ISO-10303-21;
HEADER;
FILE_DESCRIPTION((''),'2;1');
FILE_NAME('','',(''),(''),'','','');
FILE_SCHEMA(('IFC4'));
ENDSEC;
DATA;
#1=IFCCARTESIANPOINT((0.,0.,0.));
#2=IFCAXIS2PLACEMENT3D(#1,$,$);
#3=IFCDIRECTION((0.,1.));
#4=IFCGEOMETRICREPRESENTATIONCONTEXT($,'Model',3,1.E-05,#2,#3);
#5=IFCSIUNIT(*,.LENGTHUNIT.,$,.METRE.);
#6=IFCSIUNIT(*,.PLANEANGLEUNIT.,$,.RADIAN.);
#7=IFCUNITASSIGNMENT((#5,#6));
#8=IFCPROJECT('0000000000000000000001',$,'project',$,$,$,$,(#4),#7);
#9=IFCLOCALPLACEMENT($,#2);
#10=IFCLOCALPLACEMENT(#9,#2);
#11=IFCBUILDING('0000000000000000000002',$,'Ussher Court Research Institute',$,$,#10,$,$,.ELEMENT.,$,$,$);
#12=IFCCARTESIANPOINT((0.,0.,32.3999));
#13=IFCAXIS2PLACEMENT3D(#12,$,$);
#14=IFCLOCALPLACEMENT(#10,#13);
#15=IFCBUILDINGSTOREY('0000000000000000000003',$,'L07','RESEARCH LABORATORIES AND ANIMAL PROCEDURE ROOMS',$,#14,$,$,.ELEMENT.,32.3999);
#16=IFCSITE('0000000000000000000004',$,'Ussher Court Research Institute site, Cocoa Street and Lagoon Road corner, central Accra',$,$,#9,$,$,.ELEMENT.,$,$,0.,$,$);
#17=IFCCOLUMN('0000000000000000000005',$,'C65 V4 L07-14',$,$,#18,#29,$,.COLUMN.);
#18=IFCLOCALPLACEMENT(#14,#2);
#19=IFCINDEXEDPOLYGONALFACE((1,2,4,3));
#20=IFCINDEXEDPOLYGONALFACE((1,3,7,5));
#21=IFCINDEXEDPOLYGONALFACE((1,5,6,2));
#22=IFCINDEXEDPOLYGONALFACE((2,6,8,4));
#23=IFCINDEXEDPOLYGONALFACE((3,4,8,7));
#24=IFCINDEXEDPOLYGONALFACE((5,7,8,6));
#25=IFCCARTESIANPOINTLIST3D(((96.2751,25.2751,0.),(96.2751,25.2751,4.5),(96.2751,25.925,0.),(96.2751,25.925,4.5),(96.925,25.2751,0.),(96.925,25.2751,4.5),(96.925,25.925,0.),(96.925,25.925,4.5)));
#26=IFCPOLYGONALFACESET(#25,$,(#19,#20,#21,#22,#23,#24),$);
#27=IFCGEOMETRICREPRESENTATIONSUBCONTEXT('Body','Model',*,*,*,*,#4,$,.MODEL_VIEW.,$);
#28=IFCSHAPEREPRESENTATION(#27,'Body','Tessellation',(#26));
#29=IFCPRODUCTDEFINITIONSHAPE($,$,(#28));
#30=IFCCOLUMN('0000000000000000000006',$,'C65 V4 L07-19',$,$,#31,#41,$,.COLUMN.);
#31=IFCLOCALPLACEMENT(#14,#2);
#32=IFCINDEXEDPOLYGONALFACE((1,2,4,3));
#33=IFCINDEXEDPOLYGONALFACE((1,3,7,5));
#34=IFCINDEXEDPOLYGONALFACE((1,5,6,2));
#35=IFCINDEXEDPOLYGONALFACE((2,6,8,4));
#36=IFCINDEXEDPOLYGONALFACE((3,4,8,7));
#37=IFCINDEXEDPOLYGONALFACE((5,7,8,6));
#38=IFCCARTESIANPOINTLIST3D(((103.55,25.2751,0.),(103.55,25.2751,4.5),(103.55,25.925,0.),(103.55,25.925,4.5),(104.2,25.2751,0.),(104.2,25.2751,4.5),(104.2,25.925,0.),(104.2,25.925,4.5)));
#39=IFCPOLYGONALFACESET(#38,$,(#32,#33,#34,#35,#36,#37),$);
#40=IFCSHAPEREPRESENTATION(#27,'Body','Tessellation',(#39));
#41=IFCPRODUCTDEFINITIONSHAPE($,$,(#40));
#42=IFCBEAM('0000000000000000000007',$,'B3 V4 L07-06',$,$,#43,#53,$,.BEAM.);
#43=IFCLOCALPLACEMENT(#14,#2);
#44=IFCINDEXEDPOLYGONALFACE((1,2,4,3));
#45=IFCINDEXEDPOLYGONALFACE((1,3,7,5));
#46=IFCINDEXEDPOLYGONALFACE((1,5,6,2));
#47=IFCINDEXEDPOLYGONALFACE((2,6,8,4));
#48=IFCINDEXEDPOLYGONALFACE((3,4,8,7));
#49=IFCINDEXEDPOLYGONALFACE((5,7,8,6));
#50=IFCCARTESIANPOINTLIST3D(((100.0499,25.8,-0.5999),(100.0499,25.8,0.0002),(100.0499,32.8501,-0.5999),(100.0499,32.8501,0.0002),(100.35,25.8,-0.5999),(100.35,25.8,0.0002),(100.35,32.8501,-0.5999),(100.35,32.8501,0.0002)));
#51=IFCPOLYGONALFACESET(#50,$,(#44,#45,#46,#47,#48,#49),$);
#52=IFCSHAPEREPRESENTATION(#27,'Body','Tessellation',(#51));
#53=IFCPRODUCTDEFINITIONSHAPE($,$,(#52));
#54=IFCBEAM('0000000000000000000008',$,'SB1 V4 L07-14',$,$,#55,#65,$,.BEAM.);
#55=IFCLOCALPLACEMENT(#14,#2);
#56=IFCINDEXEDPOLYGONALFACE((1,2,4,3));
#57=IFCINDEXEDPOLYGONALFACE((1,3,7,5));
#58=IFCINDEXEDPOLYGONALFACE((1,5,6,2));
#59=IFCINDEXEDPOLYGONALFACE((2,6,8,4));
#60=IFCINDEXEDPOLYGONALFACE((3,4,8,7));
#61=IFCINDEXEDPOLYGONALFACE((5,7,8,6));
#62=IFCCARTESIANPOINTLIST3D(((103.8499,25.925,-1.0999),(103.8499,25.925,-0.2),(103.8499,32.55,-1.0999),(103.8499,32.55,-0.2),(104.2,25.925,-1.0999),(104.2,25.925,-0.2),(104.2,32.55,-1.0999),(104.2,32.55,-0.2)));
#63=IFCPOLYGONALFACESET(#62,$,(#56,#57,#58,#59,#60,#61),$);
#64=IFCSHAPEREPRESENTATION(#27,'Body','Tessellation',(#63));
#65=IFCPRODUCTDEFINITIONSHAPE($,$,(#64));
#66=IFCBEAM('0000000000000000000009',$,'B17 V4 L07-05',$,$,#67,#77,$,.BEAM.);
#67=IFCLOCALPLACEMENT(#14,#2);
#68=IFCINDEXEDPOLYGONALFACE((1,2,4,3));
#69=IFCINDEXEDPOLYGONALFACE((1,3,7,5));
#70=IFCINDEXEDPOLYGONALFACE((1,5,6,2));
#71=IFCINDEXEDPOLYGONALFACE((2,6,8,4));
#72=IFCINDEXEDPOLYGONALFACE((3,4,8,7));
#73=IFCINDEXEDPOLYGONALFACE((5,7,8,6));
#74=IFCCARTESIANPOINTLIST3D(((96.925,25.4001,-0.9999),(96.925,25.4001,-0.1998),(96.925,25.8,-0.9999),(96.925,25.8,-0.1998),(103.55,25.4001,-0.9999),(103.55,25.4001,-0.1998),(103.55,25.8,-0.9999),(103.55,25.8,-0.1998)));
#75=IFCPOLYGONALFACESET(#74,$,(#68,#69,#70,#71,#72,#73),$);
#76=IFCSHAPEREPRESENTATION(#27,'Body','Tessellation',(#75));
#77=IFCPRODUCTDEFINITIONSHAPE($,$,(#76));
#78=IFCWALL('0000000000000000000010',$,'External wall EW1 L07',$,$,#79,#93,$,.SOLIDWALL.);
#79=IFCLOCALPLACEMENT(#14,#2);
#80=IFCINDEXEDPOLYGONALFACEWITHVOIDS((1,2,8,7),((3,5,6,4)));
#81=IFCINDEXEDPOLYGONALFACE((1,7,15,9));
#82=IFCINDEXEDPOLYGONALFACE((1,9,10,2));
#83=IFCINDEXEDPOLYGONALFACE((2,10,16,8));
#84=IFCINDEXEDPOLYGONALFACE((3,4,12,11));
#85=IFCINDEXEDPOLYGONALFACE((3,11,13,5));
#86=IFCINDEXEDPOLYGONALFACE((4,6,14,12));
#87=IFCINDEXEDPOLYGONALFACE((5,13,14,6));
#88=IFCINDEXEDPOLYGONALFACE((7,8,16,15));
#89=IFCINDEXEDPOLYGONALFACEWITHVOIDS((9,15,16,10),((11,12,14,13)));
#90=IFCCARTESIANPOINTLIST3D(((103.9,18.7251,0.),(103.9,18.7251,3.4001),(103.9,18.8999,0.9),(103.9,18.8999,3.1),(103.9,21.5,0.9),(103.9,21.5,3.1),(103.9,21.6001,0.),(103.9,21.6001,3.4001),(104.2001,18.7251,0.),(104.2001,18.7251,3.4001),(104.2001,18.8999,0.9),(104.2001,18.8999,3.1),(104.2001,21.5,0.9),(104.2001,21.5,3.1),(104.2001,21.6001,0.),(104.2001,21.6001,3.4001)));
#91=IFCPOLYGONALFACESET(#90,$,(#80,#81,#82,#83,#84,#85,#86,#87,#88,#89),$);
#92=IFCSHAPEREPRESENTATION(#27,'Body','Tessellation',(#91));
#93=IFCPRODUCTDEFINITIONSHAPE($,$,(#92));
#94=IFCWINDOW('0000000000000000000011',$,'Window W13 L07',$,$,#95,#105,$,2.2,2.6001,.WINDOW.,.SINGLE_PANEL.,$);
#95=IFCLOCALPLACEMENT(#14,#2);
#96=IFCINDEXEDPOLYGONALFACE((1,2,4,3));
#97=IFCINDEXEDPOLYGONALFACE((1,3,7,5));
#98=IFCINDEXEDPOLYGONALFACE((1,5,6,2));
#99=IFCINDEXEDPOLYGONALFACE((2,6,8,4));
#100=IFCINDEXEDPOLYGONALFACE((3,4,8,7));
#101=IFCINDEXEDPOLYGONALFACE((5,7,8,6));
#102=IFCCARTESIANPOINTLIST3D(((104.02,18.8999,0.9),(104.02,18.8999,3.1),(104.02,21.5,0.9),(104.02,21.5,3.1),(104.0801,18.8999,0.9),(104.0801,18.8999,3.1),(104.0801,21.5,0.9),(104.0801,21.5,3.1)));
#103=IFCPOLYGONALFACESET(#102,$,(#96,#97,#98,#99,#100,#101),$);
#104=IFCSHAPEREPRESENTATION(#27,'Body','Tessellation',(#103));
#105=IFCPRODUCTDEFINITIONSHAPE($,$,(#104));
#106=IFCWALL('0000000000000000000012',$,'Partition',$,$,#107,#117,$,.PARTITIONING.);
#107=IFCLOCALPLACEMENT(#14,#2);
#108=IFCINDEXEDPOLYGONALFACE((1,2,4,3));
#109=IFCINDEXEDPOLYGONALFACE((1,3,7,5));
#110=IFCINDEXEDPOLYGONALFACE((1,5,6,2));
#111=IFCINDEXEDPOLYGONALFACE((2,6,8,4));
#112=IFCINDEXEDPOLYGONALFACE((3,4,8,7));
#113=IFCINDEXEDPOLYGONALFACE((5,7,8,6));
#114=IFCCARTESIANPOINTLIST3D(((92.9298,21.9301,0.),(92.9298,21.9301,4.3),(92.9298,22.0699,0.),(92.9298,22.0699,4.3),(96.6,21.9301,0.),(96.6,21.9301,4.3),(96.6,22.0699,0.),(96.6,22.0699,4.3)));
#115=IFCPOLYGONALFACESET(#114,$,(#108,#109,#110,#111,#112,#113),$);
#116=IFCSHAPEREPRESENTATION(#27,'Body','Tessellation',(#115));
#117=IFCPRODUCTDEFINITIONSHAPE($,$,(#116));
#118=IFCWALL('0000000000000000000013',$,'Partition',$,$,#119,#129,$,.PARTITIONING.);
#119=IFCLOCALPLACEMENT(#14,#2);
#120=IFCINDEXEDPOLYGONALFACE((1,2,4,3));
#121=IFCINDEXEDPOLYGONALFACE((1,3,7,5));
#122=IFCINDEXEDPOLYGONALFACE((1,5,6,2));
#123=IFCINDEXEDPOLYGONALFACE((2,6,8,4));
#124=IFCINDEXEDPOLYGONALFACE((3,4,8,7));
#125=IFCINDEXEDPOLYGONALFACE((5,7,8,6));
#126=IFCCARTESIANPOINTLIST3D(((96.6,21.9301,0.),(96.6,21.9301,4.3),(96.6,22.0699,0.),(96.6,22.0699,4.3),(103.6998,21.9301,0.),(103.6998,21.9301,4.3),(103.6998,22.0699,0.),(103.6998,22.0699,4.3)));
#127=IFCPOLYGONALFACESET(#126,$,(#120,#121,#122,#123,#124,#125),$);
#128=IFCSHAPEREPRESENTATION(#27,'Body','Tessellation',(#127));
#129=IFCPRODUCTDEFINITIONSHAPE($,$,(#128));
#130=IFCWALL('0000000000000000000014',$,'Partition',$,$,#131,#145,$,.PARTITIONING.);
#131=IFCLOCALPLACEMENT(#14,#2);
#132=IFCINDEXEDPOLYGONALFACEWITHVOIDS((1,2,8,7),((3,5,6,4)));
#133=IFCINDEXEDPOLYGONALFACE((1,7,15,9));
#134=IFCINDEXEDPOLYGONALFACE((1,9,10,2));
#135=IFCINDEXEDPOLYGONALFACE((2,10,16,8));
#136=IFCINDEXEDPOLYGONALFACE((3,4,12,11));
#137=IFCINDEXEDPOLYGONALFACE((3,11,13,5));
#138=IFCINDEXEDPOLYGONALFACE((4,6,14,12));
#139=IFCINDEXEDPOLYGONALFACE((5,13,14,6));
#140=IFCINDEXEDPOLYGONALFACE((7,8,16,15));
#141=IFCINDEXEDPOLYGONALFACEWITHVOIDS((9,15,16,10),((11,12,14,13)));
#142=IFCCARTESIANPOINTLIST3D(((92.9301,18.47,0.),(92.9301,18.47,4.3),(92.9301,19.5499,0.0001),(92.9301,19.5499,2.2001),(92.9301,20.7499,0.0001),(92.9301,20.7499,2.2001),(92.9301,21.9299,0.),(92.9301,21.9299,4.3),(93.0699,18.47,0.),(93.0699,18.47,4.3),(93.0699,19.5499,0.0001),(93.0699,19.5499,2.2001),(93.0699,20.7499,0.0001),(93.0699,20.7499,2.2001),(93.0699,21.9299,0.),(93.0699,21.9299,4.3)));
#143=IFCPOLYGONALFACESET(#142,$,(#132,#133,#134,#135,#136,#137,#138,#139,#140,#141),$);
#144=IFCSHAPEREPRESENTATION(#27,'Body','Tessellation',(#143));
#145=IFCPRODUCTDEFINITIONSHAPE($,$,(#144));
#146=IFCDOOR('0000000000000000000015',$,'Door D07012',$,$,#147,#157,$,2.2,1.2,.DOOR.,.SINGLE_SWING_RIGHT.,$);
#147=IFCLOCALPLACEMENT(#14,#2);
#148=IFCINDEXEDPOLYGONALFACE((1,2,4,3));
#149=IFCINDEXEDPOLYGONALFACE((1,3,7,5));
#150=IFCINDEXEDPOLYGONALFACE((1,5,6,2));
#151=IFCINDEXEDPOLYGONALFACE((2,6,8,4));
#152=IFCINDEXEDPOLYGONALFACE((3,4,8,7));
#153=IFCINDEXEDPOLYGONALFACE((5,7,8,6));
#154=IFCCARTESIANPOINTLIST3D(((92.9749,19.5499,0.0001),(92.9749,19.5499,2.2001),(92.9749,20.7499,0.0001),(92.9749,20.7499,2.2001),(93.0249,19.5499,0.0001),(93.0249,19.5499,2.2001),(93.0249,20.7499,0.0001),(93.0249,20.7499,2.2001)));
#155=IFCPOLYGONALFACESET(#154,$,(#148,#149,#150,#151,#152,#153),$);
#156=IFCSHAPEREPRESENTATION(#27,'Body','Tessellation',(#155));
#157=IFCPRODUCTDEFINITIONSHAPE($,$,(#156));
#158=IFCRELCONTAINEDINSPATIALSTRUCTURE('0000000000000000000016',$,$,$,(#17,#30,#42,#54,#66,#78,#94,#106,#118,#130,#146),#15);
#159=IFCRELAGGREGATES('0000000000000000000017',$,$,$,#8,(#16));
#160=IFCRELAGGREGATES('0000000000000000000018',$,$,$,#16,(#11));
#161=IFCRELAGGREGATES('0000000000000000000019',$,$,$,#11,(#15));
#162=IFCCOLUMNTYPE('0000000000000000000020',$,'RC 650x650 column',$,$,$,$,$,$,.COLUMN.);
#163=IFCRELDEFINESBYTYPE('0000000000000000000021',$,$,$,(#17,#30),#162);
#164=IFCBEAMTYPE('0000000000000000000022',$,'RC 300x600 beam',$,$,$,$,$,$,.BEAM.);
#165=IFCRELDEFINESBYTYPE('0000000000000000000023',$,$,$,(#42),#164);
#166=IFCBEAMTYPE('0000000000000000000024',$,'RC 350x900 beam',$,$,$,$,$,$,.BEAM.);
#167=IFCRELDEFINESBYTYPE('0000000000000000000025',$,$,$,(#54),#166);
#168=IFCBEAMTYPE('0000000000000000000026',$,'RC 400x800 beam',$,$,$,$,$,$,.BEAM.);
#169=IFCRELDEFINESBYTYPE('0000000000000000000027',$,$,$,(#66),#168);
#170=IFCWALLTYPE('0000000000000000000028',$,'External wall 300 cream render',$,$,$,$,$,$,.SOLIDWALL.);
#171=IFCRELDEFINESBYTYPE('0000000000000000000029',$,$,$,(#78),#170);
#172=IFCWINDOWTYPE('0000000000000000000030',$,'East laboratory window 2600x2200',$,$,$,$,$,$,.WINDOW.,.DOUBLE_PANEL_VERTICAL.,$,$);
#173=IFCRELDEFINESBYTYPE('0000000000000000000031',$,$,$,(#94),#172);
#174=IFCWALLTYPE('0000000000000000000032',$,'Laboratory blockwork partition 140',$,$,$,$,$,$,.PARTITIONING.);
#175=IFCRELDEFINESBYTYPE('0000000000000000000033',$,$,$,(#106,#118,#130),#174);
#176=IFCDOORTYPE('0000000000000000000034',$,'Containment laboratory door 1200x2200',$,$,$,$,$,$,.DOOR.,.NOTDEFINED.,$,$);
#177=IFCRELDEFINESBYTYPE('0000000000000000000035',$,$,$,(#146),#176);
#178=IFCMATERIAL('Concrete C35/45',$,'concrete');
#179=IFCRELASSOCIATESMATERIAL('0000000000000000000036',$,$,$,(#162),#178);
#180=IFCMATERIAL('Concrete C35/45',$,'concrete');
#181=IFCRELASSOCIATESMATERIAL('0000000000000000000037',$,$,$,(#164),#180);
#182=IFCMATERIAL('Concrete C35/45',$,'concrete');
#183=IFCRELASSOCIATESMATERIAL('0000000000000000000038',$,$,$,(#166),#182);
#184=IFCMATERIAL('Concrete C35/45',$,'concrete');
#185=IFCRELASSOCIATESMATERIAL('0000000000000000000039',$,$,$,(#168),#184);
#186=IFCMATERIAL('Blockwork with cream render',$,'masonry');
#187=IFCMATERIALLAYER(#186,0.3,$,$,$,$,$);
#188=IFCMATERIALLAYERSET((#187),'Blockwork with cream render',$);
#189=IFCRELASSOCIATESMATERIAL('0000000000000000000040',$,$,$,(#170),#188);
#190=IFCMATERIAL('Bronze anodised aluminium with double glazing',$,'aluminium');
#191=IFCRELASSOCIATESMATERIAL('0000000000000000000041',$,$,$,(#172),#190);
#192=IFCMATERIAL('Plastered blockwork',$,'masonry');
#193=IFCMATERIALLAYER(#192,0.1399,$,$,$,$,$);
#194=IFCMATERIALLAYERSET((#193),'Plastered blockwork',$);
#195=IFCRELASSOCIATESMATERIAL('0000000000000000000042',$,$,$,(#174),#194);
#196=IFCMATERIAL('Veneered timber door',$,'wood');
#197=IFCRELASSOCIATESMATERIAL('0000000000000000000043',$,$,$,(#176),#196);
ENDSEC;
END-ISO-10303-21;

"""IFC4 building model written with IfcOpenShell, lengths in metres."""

from ifc_helpers import new_model, si_unit, direction, frame, frame_2d, origin, origin_2d, place, context, subcontext, project, spatial, rectangle, extrude, material, layer, layer_set, material_profile, profile_set, type_object, element, fill, save


model = new_model("IFC4")

# Units and contexts
model_context = context("Model", 3, precision=1e-05, world=origin(), true_north=direction((0.0, 1.0)))
body_context = subcontext(model_context, "Body", "Model", "MODEL_VIEW")
ifc_project = project(units=[si_unit("LENGTHUNIT", "METRE"), si_unit("PLANEANGLEUNIT", "RADIAN")], contexts=[model_context])

# Site, building, storey
site_placement = place(None, origin())
site = spatial("IfcSite", under=ifc_project, at=site_placement, Name="Ussher Court Research Institute site, Cocoa Street and Lagoon Road corner, central Accra", CompositionType="ELEMENT", RefElevation=0.0)
building_placement = place(site_placement, origin())
building = spatial("IfcBuilding", under=site, at=building_placement, Name="Ussher Court Research Institute", CompositionType="ELEMENT")
storey_placement = place(building_placement, frame((0.0, 0.0, 32.3999)))
storey = spatial("IfcBuildingStorey", under=building, at=storey_placement, Name="L07", Description="RESEARCH LABORATORIES AND ANIMAL PROCEDURE ROOMS", CompositionType="ELEMENT", Elevation=32.3999)

# Columns
ifc_material_1 = material(Name="Concrete C35/45", Category="concrete")
ifc_material_profile_1 = material_profile(ifc_material_1, rectangle(XDim=0.6499, YDim=0.6499, at=origin_2d()), Name="RC 650x650")
ifc_profile_set_1 = profile_set([ifc_material_profile_1], Name="Concrete C35/45")
column_type = type_object("IfcColumnType", Name="RC 650x650 column", PredefinedType="COLUMN", material=ifc_profile_set_1)
for number, where, z_axis, x_axis, name in (
    (1, (96.6001, 25.6001, 0.0), (0.0, 0.0, 1.0), (1.0, 0.0, 0.0), "C65 V4 L07-14"),
    (2, (103.875, 25.6001, 0.0), (0.0, 0.0, 1.0), (1.0, 0.0, 0.0), "C65 V4 L07-19"),
):
    element("IfcColumn", number, at=place(storey_placement, frame(where, z_axis=z_axis, x_axis=x_axis)), inside=storey, type_object=column_type, Name=name, PredefinedType="COLUMN", context=body_context, shape_type="SweptSolid", body=[
        extrude(rectangle(XDim=0.6499, YDim=0.6499, at=origin_2d()), origin(), (0.0, 0.0, 1.0), 4.5),
    ])

# Beams
ifc_material_2 = material(Name="Concrete C35/45", Category="concrete")
ifc_material_profile_2 = material_profile(ifc_material_2, rectangle(XDim=0.3, YDim=0.6001, at=origin_2d()), Name="RC 300x600")
ifc_profile_set_2 = profile_set([ifc_material_profile_2], Name="Concrete C35/45")
beam_type_1 = type_object("IfcBeamType", Name="RC 300x600 beam", PredefinedType="BEAM", material=ifc_profile_set_2)
beam_1_placement = place(storey_placement, frame((100.2, 25.8, -0.2998), z_axis=(0.0, 1.0, 0.0), x_axis=(-1.0, 0.0, 0.0)))
element("IfcBeam", 3, at=beam_1_placement, inside=storey, type_object=beam_type_1, Name="B3 V4 L07-06", PredefinedType="BEAM", context=body_context, shape_type="SweptSolid", body=[
    extrude(rectangle(XDim=0.3, YDim=0.6001, at=origin_2d()), origin(), (0.0, 0.0, 1.0), 7.05),
])
ifc_material_3 = material(Name="Concrete C35/45", Category="concrete")
ifc_material_profile_3 = material_profile(ifc_material_3, rectangle(XDim=0.3501, YDim=0.8999, at=origin_2d()), Name="RC 350x900")
ifc_profile_set_3 = profile_set([ifc_material_profile_3], Name="Concrete C35/45")
beam_type_2 = type_object("IfcBeamType", Name="RC 350x900 beam", PredefinedType="BEAM", material=ifc_profile_set_3)
beam_2_placement = place(storey_placement, frame((104.0249, 25.925, -0.6499), z_axis=(0.0, 1.0, 0.0), x_axis=(-1.0, 0.0, 0.0)))
element("IfcBeam", 4, at=beam_2_placement, inside=storey, type_object=beam_type_2, Name="SB1 V4 L07-14", PredefinedType="BEAM", context=body_context, shape_type="SweptSolid", body=[
    extrude(rectangle(XDim=0.3501, YDim=0.8999, at=origin_2d()), origin(), (0.0, 0.0, 1.0), 6.625),
])
ifc_material_4 = material(Name="Concrete C35/45", Category="concrete")
ifc_material_profile_4 = material_profile(ifc_material_4, rectangle(XDim=0.3999, YDim=0.8, at=origin_2d()), Name="RC 400x800")
ifc_profile_set_4 = profile_set([ifc_material_profile_4], Name="Concrete C35/45")
beam_type_3 = type_object("IfcBeamType", Name="RC 400x800 beam", PredefinedType="BEAM", material=ifc_profile_set_4)
beam_3_placement = place(storey_placement, frame((96.925, 25.6001, -0.5999), z_axis=(1.0, 0.0, 0.0), x_axis=(0.0, 1.0, 0.0)))
element("IfcBeam", 5, at=beam_3_placement, inside=storey, type_object=beam_type_3, Name="B17 V4 L07-05", PredefinedType="BEAM", context=body_context, shape_type="SweptSolid", body=[
    extrude(rectangle(XDim=0.3999, YDim=0.8, at=origin_2d()), origin(), (0.0, 0.0, 1.0), 6.625),
])

# Wall, opening, window
ifc_material_5 = material(Name="Blockwork with cream render", Category="masonry")
ifc_layer_1 = layer(ifc_material_5, 0.3)
ifc_layer_set_1 = layer_set([ifc_layer_1], Name="Blockwork with cream render")
wall_type_1 = type_object("IfcWallType", Name="External wall 300 cream render", PredefinedType="SOLIDWALL", material=ifc_layer_set_1)
wall_1_placement = place(storey_placement, frame((104.05, 21.6001, 0.0), z_axis=(0.0, 0.0, 1.0), x_axis=(0.0, -1.0, 0.0)))
wall_1 = element("IfcWall", 6, at=wall_1_placement, inside=storey, type_object=wall_type_1, Name="External wall EW1 L07", PredefinedType="SOLIDWALL", context=body_context, shape_type="SweptSolid", body=[
    extrude(rectangle(XDim=2.875, YDim=0.3, at=frame_2d((1.4375, 0.0))), origin(), (0.0, 0.0, 1.0), 3.4001),
])
opening_1_placement = place(wall_1_placement, frame((0.1001, 0.0, 0.8999)))
opening_1 = element("IfcOpeningElement", 7, at=opening_1_placement, cuts=wall_1, PredefinedType="OPENING", context=body_context, shape_type="SweptSolid", body=[
    extrude(rectangle(XDim=2.6001, YDim=2.2, at=frame_2d((1.3, 1.1001))), frame((0.0, 0.1602, 0.0), z_axis=(0.0, -1.0, 0.0), x_axis=(1.0, 0.0, 0.0)), (0.0, 0.0, 1.0), 0.3201),
])
ifc_material_6 = material(Name="Bronze anodised aluminium with double glazing", Category="aluminium")
window_type = type_object("IfcWindowType", Name="East laboratory window 2600x2200", PartitioningType="DOUBLE_PANEL_VERTICAL", PredefinedType="WINDOW", material=ifc_material_6)
window_placement = place(opening_1_placement, origin())
window = element("IfcWindow", 8, at=window_placement, inside=storey, type_object=window_type, Name="Window W13 L07", OverallHeight=2.2, OverallWidth=2.6001, PartitioningType="SINGLE_PANEL", PredefinedType="WINDOW", context=body_context, shape_type="SweptSolid", body=[
    extrude(rectangle(XDim=2.6001, YDim=2.2, at=frame_2d((1.3, 1.1001))), frame((0.0, 0.03, 0.0), z_axis=(0.0, -1.0, 0.0), x_axis=(1.0, 0.0, 0.0)), (0.0, 0.0, 1.0), 0.0601),
])
fill(opening_1, window)

# Walls
ifc_material_7 = material(Name="Plastered blockwork", Category="masonry")
ifc_layer_2 = layer(ifc_material_7, 0.1399)
ifc_layer_set_2 = layer_set([ifc_layer_2], Name="Plastered blockwork")
wall_type_2 = type_object("IfcWallType", Name="Laboratory blockwork partition 140", PredefinedType="PARTITIONING", material=ifc_layer_set_2)
wall_2_placement = place(storey_placement, frame((92.9299, 22.0, 0.0), z_axis=(0.0, 0.0, 1.0), x_axis=(1.0, 0.0, 0.0)))
element("IfcWall", 9, at=wall_2_placement, inside=storey, type_object=wall_type_2, Name="Partition", PredefinedType="PARTITIONING", context=body_context, shape_type="SweptSolid", body=[
    extrude(rectangle(XDim=3.6702, YDim=0.1399, at=frame_2d((1.835, 0.0))), origin(), (0.0, 0.0, 1.0), 4.3),
])
wall_3_placement = place(storey_placement, frame((96.6001, 22.0, 0.0), z_axis=(0.0, 0.0, 1.0), x_axis=(1.0, 0.0, 0.0)))
element("IfcWall", 10, at=wall_3_placement, inside=storey, type_object=wall_type_2, Name="Partition", PredefinedType="PARTITIONING", context=body_context, shape_type="SweptSolid", body=[
    extrude(rectangle(XDim=7.0999, YDim=0.1399, at=frame_2d((3.5498, 0.0))), origin(), (0.0, 0.0, 1.0), 4.3),
])

# Wall, opening, door
wall_4_placement = place(storey_placement, frame((93.0, 21.9299, 0.0), z_axis=(0.0, 0.0, 1.0), x_axis=(0.0, -1.0, 0.0)))
wall_4 = element("IfcWall", 11, at=wall_4_placement, inside=storey, type_object=wall_type_2, Name="Partition", PredefinedType="PARTITIONING", context=body_context, shape_type="SweptSolid", body=[
    extrude(rectangle(XDim=3.46, YDim=0.1399, at=frame_2d((1.73, 0.0))), origin(), (0.0, 0.0, 1.0), 4.3),
])
opening_2_placement = place(wall_4_placement, frame((1.1799, 0.0, 0.0)))
opening_2 = element("IfcOpeningElement", 12, at=opening_2_placement, cuts=wall_4, PredefinedType="OPENING", context=body_context, shape_type="SweptSolid", body=[
    extrude(rectangle(XDim=1.2, YDim=2.2, at=frame_2d((0.6001, 1.1001))), frame((0.0, 0.0801, 0.0), z_axis=(0.0, -1.0, 0.0), x_axis=(1.0, 0.0, 0.0)), (0.0, 0.0, 1.0), 0.1599),
])
ifc_material_8 = material(Name="Veneered timber door", Category="wood")
door_type_1 = type_object("IfcDoorType", Name="Containment laboratory door 1200x2200", OperationType="NOTDEFINED", PredefinedType="DOOR", material=ifc_material_8)
door_1_placement = place(opening_2_placement, origin())
door_1 = element("IfcDoor", 13, at=door_1_placement, inside=storey, type_object=door_type_1, Name="Door D07012", OperationType="SINGLE_SWING_RIGHT", OverallHeight=2.2, OverallWidth=1.2, PredefinedType="DOOR", context=body_context, shape_type="SweptSolid", body=[
    extrude(rectangle(XDim=1.2, YDim=2.2, at=frame_2d((0.6001, 1.1001))), frame((0.0, 0.0249, 0.0), z_axis=(0.0, -1.0, 0.0), x_axis=(1.0, 0.0, 0.0)), (0.0, 0.0, 1.0), 0.05),
])
fill(opening_2, door_1)

save(model, "model.ifc")
